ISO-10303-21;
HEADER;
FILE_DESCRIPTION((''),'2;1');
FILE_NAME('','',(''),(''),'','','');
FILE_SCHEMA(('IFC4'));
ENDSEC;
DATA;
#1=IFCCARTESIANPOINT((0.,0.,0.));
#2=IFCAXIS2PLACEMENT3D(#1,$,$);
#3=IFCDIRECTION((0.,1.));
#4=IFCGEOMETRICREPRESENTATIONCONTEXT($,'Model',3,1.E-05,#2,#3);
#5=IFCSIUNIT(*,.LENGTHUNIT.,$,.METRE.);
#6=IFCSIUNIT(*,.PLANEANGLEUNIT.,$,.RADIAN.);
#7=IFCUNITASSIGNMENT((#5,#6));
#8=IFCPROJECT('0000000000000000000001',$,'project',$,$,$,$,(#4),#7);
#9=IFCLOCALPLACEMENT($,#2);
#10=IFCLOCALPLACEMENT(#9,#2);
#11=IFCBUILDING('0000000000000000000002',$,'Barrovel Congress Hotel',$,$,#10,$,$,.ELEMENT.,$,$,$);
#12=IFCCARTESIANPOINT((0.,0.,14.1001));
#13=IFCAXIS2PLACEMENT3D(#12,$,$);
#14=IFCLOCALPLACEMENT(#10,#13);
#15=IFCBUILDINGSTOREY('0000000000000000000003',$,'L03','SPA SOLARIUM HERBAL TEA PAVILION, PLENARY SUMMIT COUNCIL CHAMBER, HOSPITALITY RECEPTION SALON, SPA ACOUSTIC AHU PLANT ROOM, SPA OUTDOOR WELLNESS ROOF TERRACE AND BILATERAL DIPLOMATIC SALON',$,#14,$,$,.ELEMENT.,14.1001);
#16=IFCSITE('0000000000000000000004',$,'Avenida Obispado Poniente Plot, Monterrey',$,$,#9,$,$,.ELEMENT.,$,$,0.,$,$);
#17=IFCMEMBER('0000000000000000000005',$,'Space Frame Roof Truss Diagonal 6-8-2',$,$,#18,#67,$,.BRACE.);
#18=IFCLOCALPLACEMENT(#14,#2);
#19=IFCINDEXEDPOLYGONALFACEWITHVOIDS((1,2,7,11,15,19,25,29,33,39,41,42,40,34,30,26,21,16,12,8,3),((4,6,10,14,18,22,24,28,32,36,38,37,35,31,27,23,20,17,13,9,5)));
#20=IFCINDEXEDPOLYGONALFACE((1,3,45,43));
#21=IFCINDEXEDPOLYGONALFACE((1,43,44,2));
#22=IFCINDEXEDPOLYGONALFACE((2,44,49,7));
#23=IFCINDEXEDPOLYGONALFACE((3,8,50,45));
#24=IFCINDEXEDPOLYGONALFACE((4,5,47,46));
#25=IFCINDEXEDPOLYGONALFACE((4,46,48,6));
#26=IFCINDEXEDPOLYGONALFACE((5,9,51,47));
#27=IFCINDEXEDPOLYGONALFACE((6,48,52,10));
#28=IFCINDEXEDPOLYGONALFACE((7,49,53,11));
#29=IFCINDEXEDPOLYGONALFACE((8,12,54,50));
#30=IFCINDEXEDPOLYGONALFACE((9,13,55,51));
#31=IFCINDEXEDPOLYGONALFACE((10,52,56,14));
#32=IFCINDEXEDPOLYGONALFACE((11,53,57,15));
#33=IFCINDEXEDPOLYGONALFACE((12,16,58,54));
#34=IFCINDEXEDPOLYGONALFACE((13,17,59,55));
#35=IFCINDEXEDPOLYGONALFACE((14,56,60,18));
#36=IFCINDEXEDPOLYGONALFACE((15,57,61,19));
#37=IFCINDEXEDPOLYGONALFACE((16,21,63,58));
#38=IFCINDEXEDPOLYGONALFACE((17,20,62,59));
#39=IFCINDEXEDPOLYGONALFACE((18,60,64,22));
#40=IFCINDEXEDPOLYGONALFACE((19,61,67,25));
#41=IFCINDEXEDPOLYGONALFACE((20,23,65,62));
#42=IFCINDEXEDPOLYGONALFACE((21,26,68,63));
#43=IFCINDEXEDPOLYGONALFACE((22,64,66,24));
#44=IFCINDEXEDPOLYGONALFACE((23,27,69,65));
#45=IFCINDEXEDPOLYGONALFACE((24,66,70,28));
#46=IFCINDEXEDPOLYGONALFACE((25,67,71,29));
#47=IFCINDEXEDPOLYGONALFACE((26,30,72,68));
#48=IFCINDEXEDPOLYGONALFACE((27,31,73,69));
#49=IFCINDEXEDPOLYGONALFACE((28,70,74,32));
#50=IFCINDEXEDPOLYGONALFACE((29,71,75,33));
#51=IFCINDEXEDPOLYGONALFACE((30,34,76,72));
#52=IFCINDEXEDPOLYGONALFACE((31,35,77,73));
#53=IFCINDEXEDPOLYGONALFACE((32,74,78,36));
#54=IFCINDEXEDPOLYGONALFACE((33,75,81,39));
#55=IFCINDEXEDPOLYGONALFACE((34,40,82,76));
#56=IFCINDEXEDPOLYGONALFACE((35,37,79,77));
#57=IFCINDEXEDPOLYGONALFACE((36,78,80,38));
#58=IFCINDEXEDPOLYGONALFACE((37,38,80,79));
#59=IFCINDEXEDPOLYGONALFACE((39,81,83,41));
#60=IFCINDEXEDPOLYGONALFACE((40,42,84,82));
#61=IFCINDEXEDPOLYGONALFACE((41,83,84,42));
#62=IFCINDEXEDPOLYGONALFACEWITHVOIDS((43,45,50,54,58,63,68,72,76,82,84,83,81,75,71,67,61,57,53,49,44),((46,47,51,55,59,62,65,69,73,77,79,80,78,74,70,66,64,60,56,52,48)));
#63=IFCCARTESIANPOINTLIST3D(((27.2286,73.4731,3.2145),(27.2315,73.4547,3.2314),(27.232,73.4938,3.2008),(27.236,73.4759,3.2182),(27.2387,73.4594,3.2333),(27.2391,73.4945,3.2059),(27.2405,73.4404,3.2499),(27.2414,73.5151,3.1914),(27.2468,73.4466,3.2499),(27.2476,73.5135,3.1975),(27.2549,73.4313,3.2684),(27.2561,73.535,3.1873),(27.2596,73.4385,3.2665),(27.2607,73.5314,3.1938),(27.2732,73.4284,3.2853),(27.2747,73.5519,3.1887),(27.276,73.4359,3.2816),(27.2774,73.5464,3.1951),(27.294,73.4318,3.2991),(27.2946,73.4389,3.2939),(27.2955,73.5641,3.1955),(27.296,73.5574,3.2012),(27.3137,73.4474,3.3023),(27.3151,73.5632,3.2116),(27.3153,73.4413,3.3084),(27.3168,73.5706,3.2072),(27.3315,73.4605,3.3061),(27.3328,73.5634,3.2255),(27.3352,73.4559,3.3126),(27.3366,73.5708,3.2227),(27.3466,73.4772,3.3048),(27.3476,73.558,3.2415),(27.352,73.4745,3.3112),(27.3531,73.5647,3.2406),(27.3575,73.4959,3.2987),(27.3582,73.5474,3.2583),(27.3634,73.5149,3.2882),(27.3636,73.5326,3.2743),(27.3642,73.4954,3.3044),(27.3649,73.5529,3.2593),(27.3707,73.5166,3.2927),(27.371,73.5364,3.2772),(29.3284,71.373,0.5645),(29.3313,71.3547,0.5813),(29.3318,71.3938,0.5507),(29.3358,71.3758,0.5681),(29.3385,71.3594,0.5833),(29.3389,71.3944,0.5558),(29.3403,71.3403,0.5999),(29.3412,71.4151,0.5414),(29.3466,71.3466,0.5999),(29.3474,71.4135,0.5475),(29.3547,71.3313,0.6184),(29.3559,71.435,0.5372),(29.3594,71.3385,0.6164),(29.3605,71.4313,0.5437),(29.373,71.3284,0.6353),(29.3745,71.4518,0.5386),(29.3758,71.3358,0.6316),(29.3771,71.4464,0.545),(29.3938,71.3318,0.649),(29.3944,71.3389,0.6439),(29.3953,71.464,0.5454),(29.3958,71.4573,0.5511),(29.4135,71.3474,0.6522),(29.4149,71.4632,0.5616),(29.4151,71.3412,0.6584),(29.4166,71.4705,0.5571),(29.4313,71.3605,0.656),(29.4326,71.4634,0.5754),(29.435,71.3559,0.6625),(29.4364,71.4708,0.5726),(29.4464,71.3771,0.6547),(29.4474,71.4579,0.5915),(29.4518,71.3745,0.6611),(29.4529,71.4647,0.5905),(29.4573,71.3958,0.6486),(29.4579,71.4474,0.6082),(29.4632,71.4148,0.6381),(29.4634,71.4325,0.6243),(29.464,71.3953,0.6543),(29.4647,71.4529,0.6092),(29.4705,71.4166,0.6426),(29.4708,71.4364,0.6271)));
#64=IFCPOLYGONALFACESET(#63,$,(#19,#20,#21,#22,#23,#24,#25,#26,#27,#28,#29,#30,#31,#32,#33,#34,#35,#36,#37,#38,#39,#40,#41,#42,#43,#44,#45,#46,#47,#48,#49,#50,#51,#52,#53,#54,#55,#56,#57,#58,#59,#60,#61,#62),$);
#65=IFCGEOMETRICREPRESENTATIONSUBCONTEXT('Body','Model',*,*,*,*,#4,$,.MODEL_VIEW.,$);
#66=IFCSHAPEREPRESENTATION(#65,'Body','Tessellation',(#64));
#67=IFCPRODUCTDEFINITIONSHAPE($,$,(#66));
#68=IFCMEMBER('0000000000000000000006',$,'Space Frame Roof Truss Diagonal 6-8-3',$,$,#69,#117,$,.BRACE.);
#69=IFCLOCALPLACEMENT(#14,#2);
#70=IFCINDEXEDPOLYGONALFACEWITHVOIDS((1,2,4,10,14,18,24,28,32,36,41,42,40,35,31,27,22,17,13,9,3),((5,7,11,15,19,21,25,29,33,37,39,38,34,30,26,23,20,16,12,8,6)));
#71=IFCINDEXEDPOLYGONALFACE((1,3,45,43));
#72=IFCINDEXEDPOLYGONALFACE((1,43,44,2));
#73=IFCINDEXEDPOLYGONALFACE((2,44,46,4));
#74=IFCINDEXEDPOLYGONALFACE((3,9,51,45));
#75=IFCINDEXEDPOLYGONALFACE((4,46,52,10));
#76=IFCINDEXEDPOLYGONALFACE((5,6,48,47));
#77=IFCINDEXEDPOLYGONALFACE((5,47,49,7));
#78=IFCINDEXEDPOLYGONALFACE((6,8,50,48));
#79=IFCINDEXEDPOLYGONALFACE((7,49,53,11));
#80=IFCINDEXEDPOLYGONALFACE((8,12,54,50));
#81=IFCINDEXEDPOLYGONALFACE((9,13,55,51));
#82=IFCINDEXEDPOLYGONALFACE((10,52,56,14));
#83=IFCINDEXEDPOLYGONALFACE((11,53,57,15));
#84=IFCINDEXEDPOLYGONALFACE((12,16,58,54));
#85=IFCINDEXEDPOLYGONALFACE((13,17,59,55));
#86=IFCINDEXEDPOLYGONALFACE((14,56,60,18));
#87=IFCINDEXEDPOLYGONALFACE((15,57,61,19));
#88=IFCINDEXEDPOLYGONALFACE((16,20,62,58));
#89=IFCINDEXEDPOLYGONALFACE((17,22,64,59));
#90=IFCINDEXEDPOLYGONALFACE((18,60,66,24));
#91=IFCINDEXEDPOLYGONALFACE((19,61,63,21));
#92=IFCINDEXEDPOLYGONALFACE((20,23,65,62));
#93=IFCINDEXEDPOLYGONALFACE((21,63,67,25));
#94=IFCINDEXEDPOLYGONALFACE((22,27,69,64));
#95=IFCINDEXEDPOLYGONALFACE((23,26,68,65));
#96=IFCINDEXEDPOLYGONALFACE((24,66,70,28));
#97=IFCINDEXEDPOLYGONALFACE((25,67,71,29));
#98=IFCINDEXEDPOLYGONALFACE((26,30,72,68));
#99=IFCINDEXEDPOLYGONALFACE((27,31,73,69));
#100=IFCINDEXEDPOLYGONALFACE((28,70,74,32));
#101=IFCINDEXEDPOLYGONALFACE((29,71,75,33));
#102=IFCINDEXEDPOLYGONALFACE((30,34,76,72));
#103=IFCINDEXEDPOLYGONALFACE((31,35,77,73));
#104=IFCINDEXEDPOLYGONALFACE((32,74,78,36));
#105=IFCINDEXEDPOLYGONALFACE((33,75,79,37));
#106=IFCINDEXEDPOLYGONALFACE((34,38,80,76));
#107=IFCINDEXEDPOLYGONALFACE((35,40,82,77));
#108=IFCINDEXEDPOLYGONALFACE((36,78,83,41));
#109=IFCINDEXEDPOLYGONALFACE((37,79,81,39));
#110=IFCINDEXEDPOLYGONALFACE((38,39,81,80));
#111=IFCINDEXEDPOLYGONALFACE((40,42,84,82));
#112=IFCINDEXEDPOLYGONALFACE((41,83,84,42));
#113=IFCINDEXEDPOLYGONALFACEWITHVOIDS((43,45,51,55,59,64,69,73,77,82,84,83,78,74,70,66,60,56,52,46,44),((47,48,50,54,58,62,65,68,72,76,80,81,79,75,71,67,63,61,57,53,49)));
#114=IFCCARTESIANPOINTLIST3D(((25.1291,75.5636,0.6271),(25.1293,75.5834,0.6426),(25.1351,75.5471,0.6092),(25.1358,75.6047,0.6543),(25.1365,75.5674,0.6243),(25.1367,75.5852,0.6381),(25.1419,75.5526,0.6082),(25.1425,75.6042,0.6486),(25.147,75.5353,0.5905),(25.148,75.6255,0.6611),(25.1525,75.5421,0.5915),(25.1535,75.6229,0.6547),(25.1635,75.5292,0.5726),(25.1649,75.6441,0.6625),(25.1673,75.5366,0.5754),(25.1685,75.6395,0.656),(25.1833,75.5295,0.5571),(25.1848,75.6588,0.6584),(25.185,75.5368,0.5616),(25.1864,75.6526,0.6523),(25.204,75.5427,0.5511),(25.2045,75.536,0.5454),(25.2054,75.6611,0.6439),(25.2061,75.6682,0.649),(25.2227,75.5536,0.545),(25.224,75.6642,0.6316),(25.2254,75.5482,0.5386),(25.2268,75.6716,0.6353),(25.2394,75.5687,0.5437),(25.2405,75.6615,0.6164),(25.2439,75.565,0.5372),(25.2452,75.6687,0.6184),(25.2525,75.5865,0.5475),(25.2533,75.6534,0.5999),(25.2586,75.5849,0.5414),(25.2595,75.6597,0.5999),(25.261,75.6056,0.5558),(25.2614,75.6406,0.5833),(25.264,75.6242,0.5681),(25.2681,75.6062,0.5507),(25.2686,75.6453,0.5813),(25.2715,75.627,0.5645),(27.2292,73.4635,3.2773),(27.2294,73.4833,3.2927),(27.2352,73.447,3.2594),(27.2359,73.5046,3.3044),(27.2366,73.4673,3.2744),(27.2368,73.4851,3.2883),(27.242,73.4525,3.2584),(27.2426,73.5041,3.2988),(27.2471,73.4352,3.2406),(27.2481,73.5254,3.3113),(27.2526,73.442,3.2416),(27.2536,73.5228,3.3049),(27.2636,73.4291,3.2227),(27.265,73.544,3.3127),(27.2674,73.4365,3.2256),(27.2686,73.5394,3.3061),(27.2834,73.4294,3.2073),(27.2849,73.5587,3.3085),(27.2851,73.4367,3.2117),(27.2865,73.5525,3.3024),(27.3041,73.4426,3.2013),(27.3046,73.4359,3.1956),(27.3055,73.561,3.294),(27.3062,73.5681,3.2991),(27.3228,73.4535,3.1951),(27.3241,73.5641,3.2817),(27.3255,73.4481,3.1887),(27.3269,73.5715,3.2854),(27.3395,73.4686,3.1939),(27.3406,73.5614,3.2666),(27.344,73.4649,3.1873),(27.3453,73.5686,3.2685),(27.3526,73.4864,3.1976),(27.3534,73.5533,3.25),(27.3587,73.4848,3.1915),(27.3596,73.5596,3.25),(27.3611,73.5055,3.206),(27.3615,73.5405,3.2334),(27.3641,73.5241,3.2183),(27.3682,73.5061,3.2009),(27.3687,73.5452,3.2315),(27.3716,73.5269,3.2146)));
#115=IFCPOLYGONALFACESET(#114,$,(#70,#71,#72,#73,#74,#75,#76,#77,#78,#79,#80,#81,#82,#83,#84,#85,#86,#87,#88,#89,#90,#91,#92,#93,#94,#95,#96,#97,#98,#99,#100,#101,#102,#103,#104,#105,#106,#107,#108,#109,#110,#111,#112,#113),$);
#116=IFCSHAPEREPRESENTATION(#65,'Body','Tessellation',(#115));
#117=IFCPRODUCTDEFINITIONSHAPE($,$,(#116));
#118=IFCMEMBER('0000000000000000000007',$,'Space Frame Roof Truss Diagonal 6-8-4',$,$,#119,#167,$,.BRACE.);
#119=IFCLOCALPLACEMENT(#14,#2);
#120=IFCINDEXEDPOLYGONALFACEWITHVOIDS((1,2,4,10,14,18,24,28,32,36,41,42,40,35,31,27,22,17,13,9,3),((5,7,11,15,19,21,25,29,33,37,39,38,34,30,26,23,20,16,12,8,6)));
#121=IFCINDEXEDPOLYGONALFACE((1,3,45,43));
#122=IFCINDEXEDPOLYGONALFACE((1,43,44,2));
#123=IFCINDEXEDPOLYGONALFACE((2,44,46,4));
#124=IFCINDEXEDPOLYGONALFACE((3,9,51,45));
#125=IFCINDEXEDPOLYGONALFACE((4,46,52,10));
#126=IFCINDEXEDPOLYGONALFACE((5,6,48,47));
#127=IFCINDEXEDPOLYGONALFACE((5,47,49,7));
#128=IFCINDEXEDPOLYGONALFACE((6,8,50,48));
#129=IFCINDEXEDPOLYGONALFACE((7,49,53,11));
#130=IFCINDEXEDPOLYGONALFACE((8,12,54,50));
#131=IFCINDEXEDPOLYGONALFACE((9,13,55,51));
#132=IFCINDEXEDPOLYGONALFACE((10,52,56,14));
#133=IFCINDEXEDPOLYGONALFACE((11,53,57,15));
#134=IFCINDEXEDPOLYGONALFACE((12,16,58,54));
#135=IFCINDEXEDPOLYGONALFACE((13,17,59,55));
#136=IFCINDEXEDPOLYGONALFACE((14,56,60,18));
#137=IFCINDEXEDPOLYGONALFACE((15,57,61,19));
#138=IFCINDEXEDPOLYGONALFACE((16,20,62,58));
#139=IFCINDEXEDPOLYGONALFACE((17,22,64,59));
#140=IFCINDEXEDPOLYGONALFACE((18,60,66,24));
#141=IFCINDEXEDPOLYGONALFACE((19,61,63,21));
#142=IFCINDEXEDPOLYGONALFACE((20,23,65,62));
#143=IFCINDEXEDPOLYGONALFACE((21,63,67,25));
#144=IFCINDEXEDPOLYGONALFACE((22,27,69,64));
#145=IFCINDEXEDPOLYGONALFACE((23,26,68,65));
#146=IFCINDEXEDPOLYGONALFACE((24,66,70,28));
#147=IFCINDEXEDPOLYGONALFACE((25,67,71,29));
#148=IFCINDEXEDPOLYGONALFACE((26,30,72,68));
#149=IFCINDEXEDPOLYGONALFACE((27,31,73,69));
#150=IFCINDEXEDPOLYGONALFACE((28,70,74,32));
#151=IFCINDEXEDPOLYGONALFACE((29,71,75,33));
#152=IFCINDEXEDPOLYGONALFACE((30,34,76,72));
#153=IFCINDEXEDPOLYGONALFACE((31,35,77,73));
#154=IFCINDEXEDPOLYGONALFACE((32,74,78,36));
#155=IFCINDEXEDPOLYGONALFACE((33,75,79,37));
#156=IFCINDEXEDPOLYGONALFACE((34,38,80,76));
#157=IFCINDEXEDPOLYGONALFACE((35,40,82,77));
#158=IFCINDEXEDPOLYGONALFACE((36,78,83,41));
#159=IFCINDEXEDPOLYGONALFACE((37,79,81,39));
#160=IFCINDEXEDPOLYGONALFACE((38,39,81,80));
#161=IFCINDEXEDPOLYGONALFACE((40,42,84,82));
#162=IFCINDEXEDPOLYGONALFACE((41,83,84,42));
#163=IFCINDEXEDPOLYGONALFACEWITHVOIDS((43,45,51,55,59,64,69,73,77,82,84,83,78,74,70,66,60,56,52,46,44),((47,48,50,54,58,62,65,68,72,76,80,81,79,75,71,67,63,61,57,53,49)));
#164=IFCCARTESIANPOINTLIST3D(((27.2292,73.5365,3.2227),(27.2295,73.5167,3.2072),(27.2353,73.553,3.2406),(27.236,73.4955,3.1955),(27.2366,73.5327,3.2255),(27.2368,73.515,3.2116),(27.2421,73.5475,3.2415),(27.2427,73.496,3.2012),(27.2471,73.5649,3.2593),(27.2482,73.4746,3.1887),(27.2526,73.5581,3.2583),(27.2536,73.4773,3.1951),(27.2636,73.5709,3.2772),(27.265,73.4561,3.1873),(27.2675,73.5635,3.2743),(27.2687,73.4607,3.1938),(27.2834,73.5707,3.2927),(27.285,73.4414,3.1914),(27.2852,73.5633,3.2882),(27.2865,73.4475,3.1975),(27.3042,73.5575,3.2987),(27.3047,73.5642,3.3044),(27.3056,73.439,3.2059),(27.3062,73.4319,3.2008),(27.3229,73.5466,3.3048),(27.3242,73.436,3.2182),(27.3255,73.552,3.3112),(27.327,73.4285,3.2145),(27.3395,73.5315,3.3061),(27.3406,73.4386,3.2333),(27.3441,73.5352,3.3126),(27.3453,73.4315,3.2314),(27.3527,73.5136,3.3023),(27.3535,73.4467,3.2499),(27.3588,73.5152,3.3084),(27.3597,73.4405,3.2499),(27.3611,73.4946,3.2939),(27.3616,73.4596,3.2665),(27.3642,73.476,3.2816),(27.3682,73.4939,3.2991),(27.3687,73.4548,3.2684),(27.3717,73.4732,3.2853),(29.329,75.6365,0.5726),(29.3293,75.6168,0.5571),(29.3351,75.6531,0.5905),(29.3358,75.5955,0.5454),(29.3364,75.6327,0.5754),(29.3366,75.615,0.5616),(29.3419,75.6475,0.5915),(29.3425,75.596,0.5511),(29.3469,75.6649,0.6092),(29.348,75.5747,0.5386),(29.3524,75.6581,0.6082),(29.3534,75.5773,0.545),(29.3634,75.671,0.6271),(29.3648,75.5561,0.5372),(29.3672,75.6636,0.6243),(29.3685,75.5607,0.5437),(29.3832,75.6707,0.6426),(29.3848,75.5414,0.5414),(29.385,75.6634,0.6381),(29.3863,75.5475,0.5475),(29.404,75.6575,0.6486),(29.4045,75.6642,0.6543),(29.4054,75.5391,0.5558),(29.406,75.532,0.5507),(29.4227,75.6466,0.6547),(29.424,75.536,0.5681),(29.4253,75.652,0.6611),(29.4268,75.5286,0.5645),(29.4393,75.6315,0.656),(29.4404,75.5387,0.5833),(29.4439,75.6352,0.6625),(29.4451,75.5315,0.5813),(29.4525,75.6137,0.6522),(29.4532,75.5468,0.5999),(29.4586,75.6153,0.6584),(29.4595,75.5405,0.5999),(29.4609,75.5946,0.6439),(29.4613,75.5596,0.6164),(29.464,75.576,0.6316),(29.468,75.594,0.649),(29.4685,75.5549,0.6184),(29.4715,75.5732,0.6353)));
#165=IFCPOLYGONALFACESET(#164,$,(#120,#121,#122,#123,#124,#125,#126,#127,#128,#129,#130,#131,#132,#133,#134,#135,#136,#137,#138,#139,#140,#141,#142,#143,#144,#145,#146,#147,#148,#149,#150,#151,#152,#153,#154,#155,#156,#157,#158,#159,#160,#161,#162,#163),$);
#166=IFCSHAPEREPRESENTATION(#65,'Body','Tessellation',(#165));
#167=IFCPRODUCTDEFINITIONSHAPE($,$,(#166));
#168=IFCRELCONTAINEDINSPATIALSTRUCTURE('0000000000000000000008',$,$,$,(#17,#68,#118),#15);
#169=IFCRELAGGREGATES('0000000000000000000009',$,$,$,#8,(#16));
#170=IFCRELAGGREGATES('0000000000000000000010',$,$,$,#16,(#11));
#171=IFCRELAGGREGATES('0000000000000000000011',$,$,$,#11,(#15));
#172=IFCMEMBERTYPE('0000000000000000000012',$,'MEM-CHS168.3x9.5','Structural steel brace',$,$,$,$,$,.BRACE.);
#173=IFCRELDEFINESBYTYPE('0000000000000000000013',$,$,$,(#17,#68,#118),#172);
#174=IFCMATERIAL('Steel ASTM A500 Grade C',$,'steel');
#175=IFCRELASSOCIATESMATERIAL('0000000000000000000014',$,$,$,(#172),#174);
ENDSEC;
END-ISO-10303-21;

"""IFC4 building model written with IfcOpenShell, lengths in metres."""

from ifc_helpers import new_model, si_unit, direction, frame, origin, origin_2d, place, context, subcontext, project, spatial, hollow_circle, extrude, material, material_profile, profile_set, type_object, element, save


model = new_model("IFC4")

# Units and contexts
model_context = context("Model", 3, precision=1e-05, world=origin(), true_north=direction((0.0, 1.0)))
body_context = subcontext(model_context, "Body", "Model", "MODEL_VIEW")
ifc_project = project(units=[si_unit("LENGTHUNIT", "METRE"), si_unit("PLANEANGLEUNIT", "RADIAN")], contexts=[model_context])

# Site, building, storey
site_placement = place(None, origin())
site = spatial("IfcSite", under=ifc_project, at=site_placement, Name="Avenida Obispado Poniente Plot, Monterrey", CompositionType="ELEMENT", RefElevation=0.0)
building_placement = place(site_placement, origin())
building = spatial("IfcBuilding", under=site, at=building_placement, Name="Barrovel Congress Hotel", CompositionType="ELEMENT")
storey_placement = place(building_placement, frame((0.0, 0.0, 14.1001)))
storey = spatial("IfcBuildingStorey", under=building, at=storey_placement, Name="L03", Description="SPA SOLARIUM HERBAL TEA PAVILION, PLENARY SUMMIT COUNCIL CHAMBER, HOSPITALITY RECEPTION SALON, SPA ACOUSTIC AHU PLANT ROOM, SPA OUTDOOR WELLNESS ROOF TERRACE AND BILATERAL DIPLOMATIC SALON", CompositionType="ELEMENT", Elevation=14.1001)

# Members
ifc_material_1 = material(Name="Steel ASTM A500 Grade C", Category="steel")
ifc_material_profile_1 = material_profile(ifc_material_1, hollow_circle(Radius=0.0842, WallThickness=0.0088, at=origin_2d()), Name="CHS168.3x9.5")
ifc_profile_set_1 = profile_set([ifc_material_profile_1], Name="Steel ASTM A500 Grade C")
member_type_1 = type_object("IfcMemberType", Name="MEM-CHS168.3x9.5", Description="Structural steel brace", PredefinedType="BRACE", material=ifc_profile_set_1)
for number, where, z_axis, x_axis, name in (
    (1, (29.3999, 71.3999, 0.5999), (-0.527557, 0.527618, 0.66581), (-0.707148, -0.707066, 0.0), "Space Frame Roof Truss Diagonal 6-8-2"),
):
    element("IfcMember", number, at=place(storey_placement, frame(where, z_axis=z_axis, x_axis=x_axis)), inside=storey, type_object=member_type_1, Name=name, PredefinedType="BRACE", context=body_context, shape_type="SweptSolid", body=[
        extrude(hollow_circle(Radius=0.0842, WallThickness=0.0088, at=origin_2d()), origin(), (0.0, 0.0, 1.0), 3.9802),
    ])
member_1_placement = place(storey_placement, frame((25.2, 75.6001, 0.5999), z_axis=(0.527601, -0.527601, 0.665788), x_axis=(0.707107, 0.707107, 0.0)))
element("IfcMember", 2, at=member_1_placement, inside=storey, type_object=member_type_1, Name="Space Frame Roof Truss Diagonal 6-8-3", PredefinedType="BRACE", context=body_context, shape_type="SweptSolid", body=[
    extrude(hollow_circle(Radius=0.0842, WallThickness=0.0088, at=origin_2d()), origin(), (0.0, 0.0, 1.0), 3.9805),
])
member_2_placement = place(storey_placement, frame((29.3999, 75.6001, 0.5999), z_axis=(-0.527557, -0.527618, 0.66581), x_axis=(0.707148, -0.707066, 0.0)))
element("IfcMember", 3, at=member_2_placement, inside=storey, type_object=member_type_1, Name="Space Frame Roof Truss Diagonal 6-8-4", PredefinedType="BRACE", context=body_context, shape_type="SweptSolid", body=[
    extrude(hollow_circle(Radius=0.0842, WallThickness=0.0088, at=origin_2d()), origin(), (0.0, 0.0, 1.0), 3.9802),
])

save(model, "model.ifc")
